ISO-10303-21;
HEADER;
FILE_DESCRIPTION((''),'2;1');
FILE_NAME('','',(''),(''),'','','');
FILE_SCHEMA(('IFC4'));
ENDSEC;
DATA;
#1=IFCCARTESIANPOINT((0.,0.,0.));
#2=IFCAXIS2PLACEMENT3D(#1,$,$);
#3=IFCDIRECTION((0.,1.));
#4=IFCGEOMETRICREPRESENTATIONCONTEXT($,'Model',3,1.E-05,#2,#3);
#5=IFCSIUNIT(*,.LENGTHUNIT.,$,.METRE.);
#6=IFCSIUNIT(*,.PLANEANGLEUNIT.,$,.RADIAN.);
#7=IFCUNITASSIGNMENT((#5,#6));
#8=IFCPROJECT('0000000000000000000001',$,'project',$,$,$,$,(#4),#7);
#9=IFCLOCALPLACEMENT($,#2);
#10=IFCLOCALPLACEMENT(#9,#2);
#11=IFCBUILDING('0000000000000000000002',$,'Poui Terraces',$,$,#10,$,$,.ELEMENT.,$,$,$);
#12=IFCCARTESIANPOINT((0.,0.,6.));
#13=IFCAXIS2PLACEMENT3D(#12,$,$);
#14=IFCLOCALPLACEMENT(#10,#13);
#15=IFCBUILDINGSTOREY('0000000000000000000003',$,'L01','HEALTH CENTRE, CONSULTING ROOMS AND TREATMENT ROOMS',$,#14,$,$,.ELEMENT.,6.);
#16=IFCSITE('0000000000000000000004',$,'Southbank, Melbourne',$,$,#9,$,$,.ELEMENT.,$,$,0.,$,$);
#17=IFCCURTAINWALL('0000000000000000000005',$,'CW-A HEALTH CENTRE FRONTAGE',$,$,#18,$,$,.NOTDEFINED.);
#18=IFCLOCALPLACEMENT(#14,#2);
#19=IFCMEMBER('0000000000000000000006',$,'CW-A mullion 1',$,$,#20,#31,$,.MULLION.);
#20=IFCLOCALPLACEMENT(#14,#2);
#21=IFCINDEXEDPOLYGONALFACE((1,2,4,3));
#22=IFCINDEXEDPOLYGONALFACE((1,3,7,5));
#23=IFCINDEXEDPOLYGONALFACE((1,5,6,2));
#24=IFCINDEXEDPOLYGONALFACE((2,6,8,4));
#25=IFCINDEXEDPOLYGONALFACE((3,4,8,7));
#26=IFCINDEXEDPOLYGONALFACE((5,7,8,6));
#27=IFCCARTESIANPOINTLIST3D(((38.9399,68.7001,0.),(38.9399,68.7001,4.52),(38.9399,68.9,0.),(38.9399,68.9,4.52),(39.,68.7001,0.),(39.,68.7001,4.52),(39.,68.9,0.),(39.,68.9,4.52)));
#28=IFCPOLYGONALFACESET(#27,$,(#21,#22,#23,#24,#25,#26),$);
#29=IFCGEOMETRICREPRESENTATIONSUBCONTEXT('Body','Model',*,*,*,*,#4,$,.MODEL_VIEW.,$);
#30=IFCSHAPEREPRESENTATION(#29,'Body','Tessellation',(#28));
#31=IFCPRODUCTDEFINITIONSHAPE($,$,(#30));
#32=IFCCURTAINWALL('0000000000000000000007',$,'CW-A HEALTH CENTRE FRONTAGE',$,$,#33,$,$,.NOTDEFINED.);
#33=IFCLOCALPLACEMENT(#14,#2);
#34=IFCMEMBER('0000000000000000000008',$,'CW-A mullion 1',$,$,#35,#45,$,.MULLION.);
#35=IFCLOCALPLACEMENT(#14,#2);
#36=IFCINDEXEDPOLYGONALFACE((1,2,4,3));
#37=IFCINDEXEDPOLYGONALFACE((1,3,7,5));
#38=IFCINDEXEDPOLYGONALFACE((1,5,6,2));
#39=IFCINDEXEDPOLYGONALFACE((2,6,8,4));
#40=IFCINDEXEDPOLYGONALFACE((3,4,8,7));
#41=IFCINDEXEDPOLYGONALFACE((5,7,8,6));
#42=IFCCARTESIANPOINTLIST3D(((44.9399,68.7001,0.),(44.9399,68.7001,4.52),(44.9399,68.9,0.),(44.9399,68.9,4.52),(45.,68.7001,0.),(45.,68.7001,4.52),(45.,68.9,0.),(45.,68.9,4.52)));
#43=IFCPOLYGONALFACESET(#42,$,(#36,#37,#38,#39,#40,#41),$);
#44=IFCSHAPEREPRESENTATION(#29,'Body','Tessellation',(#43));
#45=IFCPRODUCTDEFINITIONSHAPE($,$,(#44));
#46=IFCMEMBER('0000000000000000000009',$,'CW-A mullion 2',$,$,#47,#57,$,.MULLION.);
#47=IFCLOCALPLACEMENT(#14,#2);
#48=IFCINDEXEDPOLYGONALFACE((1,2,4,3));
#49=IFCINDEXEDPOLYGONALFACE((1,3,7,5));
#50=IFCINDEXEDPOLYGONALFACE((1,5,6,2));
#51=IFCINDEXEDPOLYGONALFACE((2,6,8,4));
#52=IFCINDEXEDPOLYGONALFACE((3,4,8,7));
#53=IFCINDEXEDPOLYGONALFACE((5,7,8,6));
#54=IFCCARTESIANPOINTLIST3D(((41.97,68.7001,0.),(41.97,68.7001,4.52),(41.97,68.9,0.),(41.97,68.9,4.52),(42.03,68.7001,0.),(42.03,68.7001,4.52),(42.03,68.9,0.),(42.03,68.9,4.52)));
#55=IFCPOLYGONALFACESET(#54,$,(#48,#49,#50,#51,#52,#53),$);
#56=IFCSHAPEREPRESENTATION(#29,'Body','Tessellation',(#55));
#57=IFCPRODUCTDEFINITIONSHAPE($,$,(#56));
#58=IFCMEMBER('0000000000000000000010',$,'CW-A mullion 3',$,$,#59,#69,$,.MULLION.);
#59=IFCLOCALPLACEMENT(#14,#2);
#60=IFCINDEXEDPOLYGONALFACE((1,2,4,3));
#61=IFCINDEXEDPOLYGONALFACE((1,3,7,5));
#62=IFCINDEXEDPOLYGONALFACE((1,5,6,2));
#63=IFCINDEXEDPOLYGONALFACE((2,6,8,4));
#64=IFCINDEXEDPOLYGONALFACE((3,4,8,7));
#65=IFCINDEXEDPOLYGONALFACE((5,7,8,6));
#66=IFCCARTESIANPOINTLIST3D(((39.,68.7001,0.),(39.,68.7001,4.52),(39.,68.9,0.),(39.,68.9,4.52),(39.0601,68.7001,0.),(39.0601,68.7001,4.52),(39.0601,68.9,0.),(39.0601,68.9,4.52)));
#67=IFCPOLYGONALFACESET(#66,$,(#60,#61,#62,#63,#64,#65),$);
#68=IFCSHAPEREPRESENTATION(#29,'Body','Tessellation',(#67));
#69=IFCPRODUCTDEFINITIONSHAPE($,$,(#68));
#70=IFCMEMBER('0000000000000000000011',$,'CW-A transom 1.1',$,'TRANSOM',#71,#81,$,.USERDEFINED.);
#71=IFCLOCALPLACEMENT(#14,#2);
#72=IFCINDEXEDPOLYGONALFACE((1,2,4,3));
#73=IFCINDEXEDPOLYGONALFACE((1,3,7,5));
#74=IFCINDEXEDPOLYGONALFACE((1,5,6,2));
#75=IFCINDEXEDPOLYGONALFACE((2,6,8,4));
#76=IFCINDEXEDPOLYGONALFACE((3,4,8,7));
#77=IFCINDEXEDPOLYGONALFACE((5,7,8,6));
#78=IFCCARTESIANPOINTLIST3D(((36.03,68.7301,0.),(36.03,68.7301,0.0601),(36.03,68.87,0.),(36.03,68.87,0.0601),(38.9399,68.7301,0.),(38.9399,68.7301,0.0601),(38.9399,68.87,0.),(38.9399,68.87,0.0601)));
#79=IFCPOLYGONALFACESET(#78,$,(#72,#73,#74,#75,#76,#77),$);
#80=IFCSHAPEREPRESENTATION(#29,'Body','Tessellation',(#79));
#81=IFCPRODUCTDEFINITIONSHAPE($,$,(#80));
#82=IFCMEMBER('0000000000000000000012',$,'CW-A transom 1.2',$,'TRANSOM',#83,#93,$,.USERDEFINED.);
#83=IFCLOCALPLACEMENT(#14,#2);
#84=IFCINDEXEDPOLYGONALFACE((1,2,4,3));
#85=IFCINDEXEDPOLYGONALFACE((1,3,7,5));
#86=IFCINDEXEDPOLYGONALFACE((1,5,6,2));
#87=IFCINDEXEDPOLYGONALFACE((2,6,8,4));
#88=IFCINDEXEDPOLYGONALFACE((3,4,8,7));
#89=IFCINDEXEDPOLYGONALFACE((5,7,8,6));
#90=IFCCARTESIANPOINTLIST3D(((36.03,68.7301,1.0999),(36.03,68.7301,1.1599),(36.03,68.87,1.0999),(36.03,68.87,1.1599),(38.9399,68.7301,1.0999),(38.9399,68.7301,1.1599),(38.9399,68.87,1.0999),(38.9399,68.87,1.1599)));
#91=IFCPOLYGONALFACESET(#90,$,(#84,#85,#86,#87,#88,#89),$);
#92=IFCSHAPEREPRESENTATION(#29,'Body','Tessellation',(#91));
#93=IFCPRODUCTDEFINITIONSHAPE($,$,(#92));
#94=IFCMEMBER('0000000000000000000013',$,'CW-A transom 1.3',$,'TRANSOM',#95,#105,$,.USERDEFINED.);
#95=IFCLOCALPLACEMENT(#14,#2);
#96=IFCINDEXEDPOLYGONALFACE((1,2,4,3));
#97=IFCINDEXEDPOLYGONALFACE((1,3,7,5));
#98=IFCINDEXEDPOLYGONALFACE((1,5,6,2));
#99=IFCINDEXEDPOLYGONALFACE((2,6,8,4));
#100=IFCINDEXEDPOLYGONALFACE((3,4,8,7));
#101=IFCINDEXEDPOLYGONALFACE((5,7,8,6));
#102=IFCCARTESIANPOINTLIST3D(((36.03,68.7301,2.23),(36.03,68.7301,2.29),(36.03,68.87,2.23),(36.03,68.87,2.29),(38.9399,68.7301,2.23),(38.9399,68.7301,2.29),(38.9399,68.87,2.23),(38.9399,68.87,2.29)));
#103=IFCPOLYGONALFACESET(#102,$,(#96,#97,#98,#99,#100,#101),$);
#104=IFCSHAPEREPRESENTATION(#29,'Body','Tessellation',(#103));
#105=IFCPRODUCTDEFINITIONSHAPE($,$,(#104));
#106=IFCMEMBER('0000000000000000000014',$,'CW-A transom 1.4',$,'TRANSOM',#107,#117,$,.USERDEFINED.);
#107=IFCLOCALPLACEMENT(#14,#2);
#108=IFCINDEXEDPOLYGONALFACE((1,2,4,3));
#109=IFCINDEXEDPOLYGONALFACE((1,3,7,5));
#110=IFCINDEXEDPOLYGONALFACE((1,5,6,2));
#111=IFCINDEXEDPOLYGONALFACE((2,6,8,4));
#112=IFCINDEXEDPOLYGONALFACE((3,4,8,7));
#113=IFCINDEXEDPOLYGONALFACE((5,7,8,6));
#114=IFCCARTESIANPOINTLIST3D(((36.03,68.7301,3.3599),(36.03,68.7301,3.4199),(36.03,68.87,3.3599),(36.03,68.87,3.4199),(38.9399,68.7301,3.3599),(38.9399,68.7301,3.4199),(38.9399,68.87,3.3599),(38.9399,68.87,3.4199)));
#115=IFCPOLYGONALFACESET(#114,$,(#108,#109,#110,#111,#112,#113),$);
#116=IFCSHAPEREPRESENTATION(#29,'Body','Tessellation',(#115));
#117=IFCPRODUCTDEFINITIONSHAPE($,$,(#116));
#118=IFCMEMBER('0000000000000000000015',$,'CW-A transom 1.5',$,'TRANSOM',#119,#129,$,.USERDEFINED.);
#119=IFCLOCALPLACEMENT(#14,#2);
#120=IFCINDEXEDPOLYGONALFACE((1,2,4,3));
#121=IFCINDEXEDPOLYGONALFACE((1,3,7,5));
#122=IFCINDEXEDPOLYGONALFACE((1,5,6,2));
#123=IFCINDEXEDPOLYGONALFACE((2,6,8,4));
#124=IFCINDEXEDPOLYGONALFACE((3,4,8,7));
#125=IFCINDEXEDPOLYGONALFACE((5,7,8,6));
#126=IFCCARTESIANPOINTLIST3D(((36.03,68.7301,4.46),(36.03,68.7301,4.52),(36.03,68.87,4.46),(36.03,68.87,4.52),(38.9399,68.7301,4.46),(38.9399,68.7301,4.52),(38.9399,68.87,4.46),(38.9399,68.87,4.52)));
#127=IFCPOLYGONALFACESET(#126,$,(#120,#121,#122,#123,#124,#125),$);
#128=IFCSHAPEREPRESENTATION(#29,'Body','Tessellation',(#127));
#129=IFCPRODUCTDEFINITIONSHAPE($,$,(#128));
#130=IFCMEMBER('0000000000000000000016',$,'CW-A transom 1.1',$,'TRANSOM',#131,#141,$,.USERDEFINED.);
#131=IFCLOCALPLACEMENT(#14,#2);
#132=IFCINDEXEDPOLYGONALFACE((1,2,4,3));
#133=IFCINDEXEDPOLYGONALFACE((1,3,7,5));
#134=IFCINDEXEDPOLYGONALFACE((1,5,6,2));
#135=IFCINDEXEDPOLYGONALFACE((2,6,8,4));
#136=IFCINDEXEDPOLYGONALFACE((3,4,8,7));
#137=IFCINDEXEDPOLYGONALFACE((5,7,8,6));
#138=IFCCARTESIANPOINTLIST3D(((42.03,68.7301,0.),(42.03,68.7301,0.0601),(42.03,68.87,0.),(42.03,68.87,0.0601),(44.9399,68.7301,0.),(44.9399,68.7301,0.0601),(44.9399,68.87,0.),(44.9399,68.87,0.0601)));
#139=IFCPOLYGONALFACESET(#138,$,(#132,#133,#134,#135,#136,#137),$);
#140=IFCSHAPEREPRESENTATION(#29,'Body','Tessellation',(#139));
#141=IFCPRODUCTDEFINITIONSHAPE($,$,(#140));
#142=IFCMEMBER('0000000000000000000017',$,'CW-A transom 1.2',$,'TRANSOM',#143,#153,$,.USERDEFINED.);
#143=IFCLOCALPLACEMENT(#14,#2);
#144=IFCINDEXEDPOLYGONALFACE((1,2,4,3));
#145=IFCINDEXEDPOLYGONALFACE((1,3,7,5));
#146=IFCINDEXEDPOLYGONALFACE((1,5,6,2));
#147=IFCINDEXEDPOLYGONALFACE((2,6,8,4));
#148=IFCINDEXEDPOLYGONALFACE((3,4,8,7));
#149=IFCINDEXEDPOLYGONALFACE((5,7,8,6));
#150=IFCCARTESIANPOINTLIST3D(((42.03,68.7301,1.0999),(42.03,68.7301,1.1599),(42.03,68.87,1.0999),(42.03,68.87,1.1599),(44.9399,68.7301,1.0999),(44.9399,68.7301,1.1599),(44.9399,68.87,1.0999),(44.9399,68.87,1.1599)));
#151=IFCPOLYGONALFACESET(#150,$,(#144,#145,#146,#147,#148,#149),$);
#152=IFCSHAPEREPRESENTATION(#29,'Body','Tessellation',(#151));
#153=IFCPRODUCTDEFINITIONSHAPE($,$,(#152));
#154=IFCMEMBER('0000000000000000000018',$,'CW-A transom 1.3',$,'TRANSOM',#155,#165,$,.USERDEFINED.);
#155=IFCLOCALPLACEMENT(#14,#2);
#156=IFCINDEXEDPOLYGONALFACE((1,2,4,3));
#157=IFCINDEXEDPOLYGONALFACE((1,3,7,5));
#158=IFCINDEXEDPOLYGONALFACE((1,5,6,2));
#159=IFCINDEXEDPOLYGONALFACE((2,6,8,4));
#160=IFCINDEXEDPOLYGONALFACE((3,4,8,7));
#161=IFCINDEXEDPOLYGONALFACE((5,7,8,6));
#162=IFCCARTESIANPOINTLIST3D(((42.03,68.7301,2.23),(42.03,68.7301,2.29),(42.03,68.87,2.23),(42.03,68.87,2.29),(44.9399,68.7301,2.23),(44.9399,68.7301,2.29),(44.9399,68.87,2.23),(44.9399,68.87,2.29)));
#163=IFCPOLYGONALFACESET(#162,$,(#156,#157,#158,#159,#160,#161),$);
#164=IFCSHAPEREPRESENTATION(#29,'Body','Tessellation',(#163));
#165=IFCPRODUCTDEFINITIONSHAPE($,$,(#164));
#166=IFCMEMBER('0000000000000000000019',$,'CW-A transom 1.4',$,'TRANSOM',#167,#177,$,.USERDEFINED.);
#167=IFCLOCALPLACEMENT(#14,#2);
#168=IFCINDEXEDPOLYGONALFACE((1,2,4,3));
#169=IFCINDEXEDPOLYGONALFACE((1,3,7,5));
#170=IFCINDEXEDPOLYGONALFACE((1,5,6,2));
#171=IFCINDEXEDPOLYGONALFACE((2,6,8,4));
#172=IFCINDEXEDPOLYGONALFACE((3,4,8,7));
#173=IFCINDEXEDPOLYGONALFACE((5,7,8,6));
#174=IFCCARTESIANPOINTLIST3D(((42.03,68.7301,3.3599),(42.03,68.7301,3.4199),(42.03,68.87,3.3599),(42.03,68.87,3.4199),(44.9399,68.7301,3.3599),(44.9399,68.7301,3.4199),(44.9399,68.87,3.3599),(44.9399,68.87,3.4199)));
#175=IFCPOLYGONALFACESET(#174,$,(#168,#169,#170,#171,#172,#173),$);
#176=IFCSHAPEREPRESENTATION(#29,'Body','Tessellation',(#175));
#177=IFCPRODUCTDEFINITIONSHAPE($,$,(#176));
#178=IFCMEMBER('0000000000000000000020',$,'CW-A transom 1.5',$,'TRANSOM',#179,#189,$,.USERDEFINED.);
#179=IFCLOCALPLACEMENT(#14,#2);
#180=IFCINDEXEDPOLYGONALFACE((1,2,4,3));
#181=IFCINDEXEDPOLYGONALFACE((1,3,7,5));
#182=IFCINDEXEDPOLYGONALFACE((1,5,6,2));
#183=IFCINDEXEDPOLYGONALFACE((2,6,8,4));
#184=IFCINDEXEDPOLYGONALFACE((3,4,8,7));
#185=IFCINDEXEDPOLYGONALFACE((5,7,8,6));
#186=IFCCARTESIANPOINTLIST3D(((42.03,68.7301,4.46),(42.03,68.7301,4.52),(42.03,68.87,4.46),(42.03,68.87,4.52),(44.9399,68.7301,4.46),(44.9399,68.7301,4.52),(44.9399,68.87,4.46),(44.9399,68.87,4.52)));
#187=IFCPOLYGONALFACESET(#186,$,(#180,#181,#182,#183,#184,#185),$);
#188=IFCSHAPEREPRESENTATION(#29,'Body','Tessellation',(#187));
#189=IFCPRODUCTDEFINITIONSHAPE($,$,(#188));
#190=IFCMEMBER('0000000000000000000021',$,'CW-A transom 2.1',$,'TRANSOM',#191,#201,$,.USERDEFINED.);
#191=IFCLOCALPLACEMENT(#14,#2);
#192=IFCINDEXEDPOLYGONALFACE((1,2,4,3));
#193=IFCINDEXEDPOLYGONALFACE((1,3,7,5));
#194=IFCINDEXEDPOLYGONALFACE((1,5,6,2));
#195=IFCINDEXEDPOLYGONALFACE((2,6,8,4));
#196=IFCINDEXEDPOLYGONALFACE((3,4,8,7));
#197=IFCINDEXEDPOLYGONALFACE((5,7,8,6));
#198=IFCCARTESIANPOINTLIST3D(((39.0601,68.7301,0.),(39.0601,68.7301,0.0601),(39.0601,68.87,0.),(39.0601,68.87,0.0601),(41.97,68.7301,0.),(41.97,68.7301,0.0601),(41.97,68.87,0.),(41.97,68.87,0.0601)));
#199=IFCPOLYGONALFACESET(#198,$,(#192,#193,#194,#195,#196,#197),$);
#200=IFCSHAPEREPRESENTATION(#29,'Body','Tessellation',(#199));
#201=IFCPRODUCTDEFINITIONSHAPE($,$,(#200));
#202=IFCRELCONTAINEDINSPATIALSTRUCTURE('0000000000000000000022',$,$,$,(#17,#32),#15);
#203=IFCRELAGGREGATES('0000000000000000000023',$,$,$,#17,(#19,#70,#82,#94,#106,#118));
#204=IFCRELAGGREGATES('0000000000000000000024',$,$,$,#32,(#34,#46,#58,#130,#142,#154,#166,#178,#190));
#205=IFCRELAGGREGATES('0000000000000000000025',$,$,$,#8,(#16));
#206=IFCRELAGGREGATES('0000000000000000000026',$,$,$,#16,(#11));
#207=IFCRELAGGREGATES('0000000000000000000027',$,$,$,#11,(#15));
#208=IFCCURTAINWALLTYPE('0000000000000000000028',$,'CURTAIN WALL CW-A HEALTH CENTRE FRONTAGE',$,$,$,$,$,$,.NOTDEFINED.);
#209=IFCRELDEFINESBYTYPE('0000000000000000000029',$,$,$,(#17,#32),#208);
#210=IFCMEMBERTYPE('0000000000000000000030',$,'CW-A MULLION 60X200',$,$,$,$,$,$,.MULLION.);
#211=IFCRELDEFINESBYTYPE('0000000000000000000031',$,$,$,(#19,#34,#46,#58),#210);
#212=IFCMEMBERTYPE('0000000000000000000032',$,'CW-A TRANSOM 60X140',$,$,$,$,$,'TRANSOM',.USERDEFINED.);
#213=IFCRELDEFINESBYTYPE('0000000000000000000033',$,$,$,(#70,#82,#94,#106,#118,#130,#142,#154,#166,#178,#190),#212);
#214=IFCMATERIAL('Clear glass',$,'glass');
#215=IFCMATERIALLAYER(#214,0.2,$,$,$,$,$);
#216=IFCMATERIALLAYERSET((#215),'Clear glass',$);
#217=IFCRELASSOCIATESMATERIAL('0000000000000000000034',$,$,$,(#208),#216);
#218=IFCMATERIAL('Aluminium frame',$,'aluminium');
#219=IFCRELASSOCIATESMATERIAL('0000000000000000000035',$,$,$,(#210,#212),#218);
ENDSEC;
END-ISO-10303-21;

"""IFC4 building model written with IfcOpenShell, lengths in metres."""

from ifc_helpers import new_model, si_unit, direction, frame, origin, origin_2d, place, context, subcontext, project, spatial, rectangle, extrude, material, layer, layer_set, material_profile, profile_set, type_object, element, aggregate, save


model = new_model("IFC4")

# Units and contexts
model_context = context("Model", 3, precision=1e-05, world=origin(), true_north=direction((0.0, 1.0)))
body_context = subcontext(model_context, "Body", "Model", "MODEL_VIEW")
ifc_project = project(units=[si_unit("LENGTHUNIT", "METRE"), si_unit("PLANEANGLEUNIT", "RADIAN")], contexts=[model_context])

# Site, building, storey
site_placement = place(None, origin())
site = spatial("IfcSite", under=ifc_project, at=site_placement, Name="Southbank, Melbourne", CompositionType="ELEMENT", RefElevation=0.0)
building_placement = place(site_placement, origin())
building = spatial("IfcBuilding", under=site, at=building_placement, Name="Poui Terraces", CompositionType="ELEMENT")
storey_placement = place(building_placement, frame((0.0, 0.0, 6.0)))
storey = spatial("IfcBuildingStorey", under=building, at=storey_placement, Name="L01", Description="HEALTH CENTRE, CONSULTING ROOMS AND TREATMENT ROOMS", CompositionType="ELEMENT", Elevation=6.0)

# Curtain wall, member
ifc_material_1 = material(Name="Clear glass", Category="glass")
ifc_layer_1 = layer(ifc_material_1, 0.2)
ifc_layer_set_1 = layer_set([ifc_layer_1], Name="Clear glass")
curtain_wall_type = type_object("IfcCurtainWallType", Name="CURTAIN WALL CW-A HEALTH CENTRE FRONTAGE", PredefinedType="NOTDEFINED", material=ifc_layer_set_1)
curtain_wall_1_placement = place(storey_placement, origin())
curtain_wall_1 = element("IfcCurtainWall", 1, at=curtain_wall_1_placement, inside=storey, type_object=curtain_wall_type, Name="CW-A HEALTH CENTRE FRONTAGE", PredefinedType="NOTDEFINED")
ifc_material_2 = material(Name="Aluminium frame", Category="aluminium")
ifc_material_profile_1 = material_profile(ifc_material_2, rectangle(XDim=0.2, YDim=0.0601, at=origin_2d()), Name="CW-A MULLION 60X200")
ifc_profile_set_1 = profile_set([ifc_material_profile_1], Name="Aluminium frame")
member_type_1 = type_object("IfcMemberType", Name="CW-A MULLION 60X200", PredefinedType="MULLION", material=ifc_profile_set_1)
member_1_placement = place(storey_placement, frame((38.97, 68.8, 0.0), z_axis=(0.0, 0.0, 1.0), x_axis=(0.0, -1.0, 0.0)))
member_1 = element("IfcMember", 2, at=member_1_placement, type_object=member_type_1, Name="CW-A mullion 1", PredefinedType="MULLION", context=body_context, shape_type="SweptSolid", body=[
    extrude(rectangle(XDim=0.2, YDim=0.0601, at=origin_2d()), origin(), (0.0, 0.0, 1.0), 4.52),
])

# Curtain wall, members
curtain_wall_2_placement = place(storey_placement, origin())
curtain_wall_2 = element("IfcCurtainWall", 3, at=curtain_wall_2_placement, inside=storey, type_object=curtain_wall_type, Name="CW-A HEALTH CENTRE FRONTAGE", PredefinedType="NOTDEFINED")
member_2_placement = place(storey_placement, frame((44.97, 68.8, 0.0), z_axis=(0.0, 0.0, 1.0), x_axis=(0.0, -1.0, 0.0)))
member_2 = element("IfcMember", 4, at=member_2_placement, type_object=member_type_1, Name="CW-A mullion 1", PredefinedType="MULLION", context=body_context, shape_type="SweptSolid", body=[
    extrude(rectangle(XDim=0.2, YDim=0.0601, at=origin_2d()), origin(), (0.0, 0.0, 1.0), 4.52),
])
member_3_placement = place(storey_placement, frame((42.0, 68.8, 0.0), z_axis=(0.0, 0.0, 1.0), x_axis=(0.0, -1.0, 0.0)))
member_3 = element("IfcMember", 5, at=member_3_placement, type_object=member_type_1, Name="CW-A mullion 2", PredefinedType="MULLION", context=body_context, shape_type="SweptSolid", body=[
    extrude(rectangle(XDim=0.2, YDim=0.0601, at=origin_2d()), origin(), (0.0, 0.0, 1.0), 4.52),
])
member_4_placement = place(storey_placement, frame((39.03, 68.8, 0.0), z_axis=(0.0, 0.0, 1.0), x_axis=(0.0, -1.0, 0.0)))
member_4 = element("IfcMember", 6, at=member_4_placement, type_object=member_type_1, Name="CW-A mullion 3", PredefinedType="MULLION", context=body_context, shape_type="SweptSolid", body=[
    extrude(rectangle(XDim=0.2, YDim=0.0601, at=origin_2d()), origin(), (0.0, 0.0, 1.0), 4.52),
])

# Members
ifc_material_profile_2 = material_profile(ifc_material_2, rectangle(XDim=0.1399, YDim=0.0601, at=origin_2d()), Name="CW-A TRANSOM 60X140")
ifc_profile_set_2 = profile_set([ifc_material_profile_2], Name="Aluminium frame")
member_type_2 = type_object("IfcMemberType", Name="CW-A TRANSOM 60X140", ElementType="TRANSOM", PredefinedType="USERDEFINED", material=ifc_profile_set_2)
member_5_placement = place(storey_placement, frame((38.9399, 68.8, 0.03), z_axis=(-1.0, 0.0, 0.0), x_axis=(0.0, -1.0, 0.0)))
member_5 = element("IfcMember", 7, at=member_5_placement, type_object=member_type_2, Name="CW-A transom 1.1", ObjectType="TRANSOM", PredefinedType="USERDEFINED", context=body_context, shape_type="SweptSolid", body=[
    extrude(rectangle(XDim=0.1399, YDim=0.0601, at=origin_2d()), origin(), (0.0, 0.0, 1.0), 2.9099),
])
member_6_placement = place(storey_placement, frame((38.9399, 68.8, 1.1299), z_axis=(-1.0, 0.0, 0.0), x_axis=(0.0, -1.0, 0.0)))
member_6 = element("IfcMember", 8, at=member_6_placement, type_object=member_type_2, Name="CW-A transom 1.2", ObjectType="TRANSOM", PredefinedType="USERDEFINED", context=body_context, shape_type="SweptSolid", body=[
    extrude(rectangle(XDim=0.1399, YDim=0.0601, at=origin_2d()), origin(), (0.0, 0.0, 1.0), 2.9099),
])
member_7_placement = place(storey_placement, frame((38.9399, 68.8, 2.26), z_axis=(-1.0, 0.0, 0.0), x_axis=(0.0, -1.0, 0.0)))
member_7 = element("IfcMember", 9, at=member_7_placement, type_object=member_type_2, Name="CW-A transom 1.3", ObjectType="TRANSOM", PredefinedType="USERDEFINED", context=body_context, shape_type="SweptSolid", body=[
    extrude(rectangle(XDim=0.1399, YDim=0.0601, at=origin_2d()), origin(), (0.0, 0.0, 1.0), 2.9099),
])
member_8_placement = place(storey_placement, frame((38.9399, 68.8, 3.3899), z_axis=(-1.0, 0.0, 0.0), x_axis=(0.0, -1.0, 0.0)))
member_8 = element("IfcMember", 10, at=member_8_placement, type_object=member_type_2, Name="CW-A transom 1.4", ObjectType="TRANSOM", PredefinedType="USERDEFINED", context=body_context, shape_type="SweptSolid", body=[
    extrude(rectangle(XDim=0.1399, YDim=0.0601, at=origin_2d()), origin(), (0.0, 0.0, 1.0), 2.9099),
])
member_9_placement = place(storey_placement, frame((38.9399, 68.8, 4.49), z_axis=(-1.0, 0.0, 0.0), x_axis=(0.0, -1.0, 0.0)))
member_9 = element("IfcMember", 11, at=member_9_placement, type_object=member_type_2, Name="CW-A transom 1.5", ObjectType="TRANSOM", PredefinedType="USERDEFINED", context=body_context, shape_type="SweptSolid", body=[
    extrude(rectangle(XDim=0.1399, YDim=0.0601, at=origin_2d()), origin(), (0.0, 0.0, 1.0), 2.9099),
])
member_10_placement = place(storey_placement, frame((44.9399, 68.8, 0.03), z_axis=(-1.0, 0.0, 0.0), x_axis=(0.0, -1.0, 0.0)))
member_10 = element("IfcMember", 12, at=member_10_placement, type_object=member_type_2, Name="CW-A transom 1.1", ObjectType="TRANSOM", PredefinedType="USERDEFINED", context=body_context, shape_type="SweptSolid", body=[
    extrude(rectangle(XDim=0.1399, YDim=0.0601, at=origin_2d()), origin(), (0.0, 0.0, 1.0), 2.9099),
])
member_11_placement = place(storey_placement, frame((44.9399, 68.8, 1.1299), z_axis=(-1.0, 0.0, 0.0), x_axis=(0.0, -1.0, 0.0)))
member_11 = element("IfcMember", 13, at=member_11_placement, type_object=member_type_2, Name="CW-A transom 1.2", ObjectType="TRANSOM", PredefinedType="USERDEFINED", context=body_context, shape_type="SweptSolid", body=[
    extrude(rectangle(XDim=0.1399, YDim=0.0601, at=origin_2d()), origin(), (0.0, 0.0, 1.0), 2.9099),
])
member_12_placement = place(storey_placement, frame((44.9399, 68.8, 2.26), z_axis=(-1.0, 0.0, 0.0), x_axis=(0.0, -1.0, 0.0)))
member_12 = element("IfcMember", 14, at=member_12_placement, type_object=member_type_2, Name="CW-A transom 1.3", ObjectType="TRANSOM", PredefinedType="USERDEFINED", context=body_context, shape_type="SweptSolid", body=[
    extrude(rectangle(XDim=0.1399, YDim=0.0601, at=origin_2d()), origin(), (0.0, 0.0, 1.0), 2.9099),
])
member_13_placement = place(storey_placement, frame((44.9399, 68.8, 3.3899), z_axis=(-1.0, 0.0, 0.0), x_axis=(0.0, -1.0, 0.0)))
member_13 = element("IfcMember", 15, at=member_13_placement, type_object=member_type_2, Name="CW-A transom 1.4", ObjectType="TRANSOM", PredefinedType="USERDEFINED", context=body_context, shape_type="SweptSolid", body=[
    extrude(rectangle(XDim=0.1399, YDim=0.0601, at=origin_2d()), origin(), (0.0, 0.0, 1.0), 2.9099),
])
member_14_placement = place(storey_placement, frame((44.9399, 68.8, 4.49), z_axis=(-1.0, 0.0, 0.0), x_axis=(0.0, -1.0, 0.0)))
member_14 = element("IfcMember", 16, at=member_14_placement, type_object=member_type_2, Name="CW-A transom 1.5", ObjectType="TRANSOM", PredefinedType="USERDEFINED", context=body_context, shape_type="SweptSolid", body=[
    extrude(rectangle(XDim=0.1399, YDim=0.0601, at=origin_2d()), origin(), (0.0, 0.0, 1.0), 2.9099),
])
member_15_placement = place(storey_placement, frame((41.97, 68.8, 0.03), z_axis=(-1.0, 0.0, 0.0), x_axis=(0.0, -1.0, 0.0)))
member_15 = element("IfcMember", 17, at=member_15_placement, type_object=member_type_2, Name="CW-A transom 2.1", ObjectType="TRANSOM", PredefinedType="USERDEFINED", context=body_context, shape_type="SweptSolid", body=[
    extrude(rectangle(XDim=0.1399, YDim=0.0601, at=origin_2d()), origin(), (0.0, 0.0, 1.0), 2.9099),
])

aggregate(curtain_wall_1, [member_1, member_5, member_6, member_7, member_8, member_9])
aggregate(curtain_wall_2, [member_2, member_3, member_4, member_10, member_11, member_12, member_13, member_14, member_15])

save(model, "model.ifc")
